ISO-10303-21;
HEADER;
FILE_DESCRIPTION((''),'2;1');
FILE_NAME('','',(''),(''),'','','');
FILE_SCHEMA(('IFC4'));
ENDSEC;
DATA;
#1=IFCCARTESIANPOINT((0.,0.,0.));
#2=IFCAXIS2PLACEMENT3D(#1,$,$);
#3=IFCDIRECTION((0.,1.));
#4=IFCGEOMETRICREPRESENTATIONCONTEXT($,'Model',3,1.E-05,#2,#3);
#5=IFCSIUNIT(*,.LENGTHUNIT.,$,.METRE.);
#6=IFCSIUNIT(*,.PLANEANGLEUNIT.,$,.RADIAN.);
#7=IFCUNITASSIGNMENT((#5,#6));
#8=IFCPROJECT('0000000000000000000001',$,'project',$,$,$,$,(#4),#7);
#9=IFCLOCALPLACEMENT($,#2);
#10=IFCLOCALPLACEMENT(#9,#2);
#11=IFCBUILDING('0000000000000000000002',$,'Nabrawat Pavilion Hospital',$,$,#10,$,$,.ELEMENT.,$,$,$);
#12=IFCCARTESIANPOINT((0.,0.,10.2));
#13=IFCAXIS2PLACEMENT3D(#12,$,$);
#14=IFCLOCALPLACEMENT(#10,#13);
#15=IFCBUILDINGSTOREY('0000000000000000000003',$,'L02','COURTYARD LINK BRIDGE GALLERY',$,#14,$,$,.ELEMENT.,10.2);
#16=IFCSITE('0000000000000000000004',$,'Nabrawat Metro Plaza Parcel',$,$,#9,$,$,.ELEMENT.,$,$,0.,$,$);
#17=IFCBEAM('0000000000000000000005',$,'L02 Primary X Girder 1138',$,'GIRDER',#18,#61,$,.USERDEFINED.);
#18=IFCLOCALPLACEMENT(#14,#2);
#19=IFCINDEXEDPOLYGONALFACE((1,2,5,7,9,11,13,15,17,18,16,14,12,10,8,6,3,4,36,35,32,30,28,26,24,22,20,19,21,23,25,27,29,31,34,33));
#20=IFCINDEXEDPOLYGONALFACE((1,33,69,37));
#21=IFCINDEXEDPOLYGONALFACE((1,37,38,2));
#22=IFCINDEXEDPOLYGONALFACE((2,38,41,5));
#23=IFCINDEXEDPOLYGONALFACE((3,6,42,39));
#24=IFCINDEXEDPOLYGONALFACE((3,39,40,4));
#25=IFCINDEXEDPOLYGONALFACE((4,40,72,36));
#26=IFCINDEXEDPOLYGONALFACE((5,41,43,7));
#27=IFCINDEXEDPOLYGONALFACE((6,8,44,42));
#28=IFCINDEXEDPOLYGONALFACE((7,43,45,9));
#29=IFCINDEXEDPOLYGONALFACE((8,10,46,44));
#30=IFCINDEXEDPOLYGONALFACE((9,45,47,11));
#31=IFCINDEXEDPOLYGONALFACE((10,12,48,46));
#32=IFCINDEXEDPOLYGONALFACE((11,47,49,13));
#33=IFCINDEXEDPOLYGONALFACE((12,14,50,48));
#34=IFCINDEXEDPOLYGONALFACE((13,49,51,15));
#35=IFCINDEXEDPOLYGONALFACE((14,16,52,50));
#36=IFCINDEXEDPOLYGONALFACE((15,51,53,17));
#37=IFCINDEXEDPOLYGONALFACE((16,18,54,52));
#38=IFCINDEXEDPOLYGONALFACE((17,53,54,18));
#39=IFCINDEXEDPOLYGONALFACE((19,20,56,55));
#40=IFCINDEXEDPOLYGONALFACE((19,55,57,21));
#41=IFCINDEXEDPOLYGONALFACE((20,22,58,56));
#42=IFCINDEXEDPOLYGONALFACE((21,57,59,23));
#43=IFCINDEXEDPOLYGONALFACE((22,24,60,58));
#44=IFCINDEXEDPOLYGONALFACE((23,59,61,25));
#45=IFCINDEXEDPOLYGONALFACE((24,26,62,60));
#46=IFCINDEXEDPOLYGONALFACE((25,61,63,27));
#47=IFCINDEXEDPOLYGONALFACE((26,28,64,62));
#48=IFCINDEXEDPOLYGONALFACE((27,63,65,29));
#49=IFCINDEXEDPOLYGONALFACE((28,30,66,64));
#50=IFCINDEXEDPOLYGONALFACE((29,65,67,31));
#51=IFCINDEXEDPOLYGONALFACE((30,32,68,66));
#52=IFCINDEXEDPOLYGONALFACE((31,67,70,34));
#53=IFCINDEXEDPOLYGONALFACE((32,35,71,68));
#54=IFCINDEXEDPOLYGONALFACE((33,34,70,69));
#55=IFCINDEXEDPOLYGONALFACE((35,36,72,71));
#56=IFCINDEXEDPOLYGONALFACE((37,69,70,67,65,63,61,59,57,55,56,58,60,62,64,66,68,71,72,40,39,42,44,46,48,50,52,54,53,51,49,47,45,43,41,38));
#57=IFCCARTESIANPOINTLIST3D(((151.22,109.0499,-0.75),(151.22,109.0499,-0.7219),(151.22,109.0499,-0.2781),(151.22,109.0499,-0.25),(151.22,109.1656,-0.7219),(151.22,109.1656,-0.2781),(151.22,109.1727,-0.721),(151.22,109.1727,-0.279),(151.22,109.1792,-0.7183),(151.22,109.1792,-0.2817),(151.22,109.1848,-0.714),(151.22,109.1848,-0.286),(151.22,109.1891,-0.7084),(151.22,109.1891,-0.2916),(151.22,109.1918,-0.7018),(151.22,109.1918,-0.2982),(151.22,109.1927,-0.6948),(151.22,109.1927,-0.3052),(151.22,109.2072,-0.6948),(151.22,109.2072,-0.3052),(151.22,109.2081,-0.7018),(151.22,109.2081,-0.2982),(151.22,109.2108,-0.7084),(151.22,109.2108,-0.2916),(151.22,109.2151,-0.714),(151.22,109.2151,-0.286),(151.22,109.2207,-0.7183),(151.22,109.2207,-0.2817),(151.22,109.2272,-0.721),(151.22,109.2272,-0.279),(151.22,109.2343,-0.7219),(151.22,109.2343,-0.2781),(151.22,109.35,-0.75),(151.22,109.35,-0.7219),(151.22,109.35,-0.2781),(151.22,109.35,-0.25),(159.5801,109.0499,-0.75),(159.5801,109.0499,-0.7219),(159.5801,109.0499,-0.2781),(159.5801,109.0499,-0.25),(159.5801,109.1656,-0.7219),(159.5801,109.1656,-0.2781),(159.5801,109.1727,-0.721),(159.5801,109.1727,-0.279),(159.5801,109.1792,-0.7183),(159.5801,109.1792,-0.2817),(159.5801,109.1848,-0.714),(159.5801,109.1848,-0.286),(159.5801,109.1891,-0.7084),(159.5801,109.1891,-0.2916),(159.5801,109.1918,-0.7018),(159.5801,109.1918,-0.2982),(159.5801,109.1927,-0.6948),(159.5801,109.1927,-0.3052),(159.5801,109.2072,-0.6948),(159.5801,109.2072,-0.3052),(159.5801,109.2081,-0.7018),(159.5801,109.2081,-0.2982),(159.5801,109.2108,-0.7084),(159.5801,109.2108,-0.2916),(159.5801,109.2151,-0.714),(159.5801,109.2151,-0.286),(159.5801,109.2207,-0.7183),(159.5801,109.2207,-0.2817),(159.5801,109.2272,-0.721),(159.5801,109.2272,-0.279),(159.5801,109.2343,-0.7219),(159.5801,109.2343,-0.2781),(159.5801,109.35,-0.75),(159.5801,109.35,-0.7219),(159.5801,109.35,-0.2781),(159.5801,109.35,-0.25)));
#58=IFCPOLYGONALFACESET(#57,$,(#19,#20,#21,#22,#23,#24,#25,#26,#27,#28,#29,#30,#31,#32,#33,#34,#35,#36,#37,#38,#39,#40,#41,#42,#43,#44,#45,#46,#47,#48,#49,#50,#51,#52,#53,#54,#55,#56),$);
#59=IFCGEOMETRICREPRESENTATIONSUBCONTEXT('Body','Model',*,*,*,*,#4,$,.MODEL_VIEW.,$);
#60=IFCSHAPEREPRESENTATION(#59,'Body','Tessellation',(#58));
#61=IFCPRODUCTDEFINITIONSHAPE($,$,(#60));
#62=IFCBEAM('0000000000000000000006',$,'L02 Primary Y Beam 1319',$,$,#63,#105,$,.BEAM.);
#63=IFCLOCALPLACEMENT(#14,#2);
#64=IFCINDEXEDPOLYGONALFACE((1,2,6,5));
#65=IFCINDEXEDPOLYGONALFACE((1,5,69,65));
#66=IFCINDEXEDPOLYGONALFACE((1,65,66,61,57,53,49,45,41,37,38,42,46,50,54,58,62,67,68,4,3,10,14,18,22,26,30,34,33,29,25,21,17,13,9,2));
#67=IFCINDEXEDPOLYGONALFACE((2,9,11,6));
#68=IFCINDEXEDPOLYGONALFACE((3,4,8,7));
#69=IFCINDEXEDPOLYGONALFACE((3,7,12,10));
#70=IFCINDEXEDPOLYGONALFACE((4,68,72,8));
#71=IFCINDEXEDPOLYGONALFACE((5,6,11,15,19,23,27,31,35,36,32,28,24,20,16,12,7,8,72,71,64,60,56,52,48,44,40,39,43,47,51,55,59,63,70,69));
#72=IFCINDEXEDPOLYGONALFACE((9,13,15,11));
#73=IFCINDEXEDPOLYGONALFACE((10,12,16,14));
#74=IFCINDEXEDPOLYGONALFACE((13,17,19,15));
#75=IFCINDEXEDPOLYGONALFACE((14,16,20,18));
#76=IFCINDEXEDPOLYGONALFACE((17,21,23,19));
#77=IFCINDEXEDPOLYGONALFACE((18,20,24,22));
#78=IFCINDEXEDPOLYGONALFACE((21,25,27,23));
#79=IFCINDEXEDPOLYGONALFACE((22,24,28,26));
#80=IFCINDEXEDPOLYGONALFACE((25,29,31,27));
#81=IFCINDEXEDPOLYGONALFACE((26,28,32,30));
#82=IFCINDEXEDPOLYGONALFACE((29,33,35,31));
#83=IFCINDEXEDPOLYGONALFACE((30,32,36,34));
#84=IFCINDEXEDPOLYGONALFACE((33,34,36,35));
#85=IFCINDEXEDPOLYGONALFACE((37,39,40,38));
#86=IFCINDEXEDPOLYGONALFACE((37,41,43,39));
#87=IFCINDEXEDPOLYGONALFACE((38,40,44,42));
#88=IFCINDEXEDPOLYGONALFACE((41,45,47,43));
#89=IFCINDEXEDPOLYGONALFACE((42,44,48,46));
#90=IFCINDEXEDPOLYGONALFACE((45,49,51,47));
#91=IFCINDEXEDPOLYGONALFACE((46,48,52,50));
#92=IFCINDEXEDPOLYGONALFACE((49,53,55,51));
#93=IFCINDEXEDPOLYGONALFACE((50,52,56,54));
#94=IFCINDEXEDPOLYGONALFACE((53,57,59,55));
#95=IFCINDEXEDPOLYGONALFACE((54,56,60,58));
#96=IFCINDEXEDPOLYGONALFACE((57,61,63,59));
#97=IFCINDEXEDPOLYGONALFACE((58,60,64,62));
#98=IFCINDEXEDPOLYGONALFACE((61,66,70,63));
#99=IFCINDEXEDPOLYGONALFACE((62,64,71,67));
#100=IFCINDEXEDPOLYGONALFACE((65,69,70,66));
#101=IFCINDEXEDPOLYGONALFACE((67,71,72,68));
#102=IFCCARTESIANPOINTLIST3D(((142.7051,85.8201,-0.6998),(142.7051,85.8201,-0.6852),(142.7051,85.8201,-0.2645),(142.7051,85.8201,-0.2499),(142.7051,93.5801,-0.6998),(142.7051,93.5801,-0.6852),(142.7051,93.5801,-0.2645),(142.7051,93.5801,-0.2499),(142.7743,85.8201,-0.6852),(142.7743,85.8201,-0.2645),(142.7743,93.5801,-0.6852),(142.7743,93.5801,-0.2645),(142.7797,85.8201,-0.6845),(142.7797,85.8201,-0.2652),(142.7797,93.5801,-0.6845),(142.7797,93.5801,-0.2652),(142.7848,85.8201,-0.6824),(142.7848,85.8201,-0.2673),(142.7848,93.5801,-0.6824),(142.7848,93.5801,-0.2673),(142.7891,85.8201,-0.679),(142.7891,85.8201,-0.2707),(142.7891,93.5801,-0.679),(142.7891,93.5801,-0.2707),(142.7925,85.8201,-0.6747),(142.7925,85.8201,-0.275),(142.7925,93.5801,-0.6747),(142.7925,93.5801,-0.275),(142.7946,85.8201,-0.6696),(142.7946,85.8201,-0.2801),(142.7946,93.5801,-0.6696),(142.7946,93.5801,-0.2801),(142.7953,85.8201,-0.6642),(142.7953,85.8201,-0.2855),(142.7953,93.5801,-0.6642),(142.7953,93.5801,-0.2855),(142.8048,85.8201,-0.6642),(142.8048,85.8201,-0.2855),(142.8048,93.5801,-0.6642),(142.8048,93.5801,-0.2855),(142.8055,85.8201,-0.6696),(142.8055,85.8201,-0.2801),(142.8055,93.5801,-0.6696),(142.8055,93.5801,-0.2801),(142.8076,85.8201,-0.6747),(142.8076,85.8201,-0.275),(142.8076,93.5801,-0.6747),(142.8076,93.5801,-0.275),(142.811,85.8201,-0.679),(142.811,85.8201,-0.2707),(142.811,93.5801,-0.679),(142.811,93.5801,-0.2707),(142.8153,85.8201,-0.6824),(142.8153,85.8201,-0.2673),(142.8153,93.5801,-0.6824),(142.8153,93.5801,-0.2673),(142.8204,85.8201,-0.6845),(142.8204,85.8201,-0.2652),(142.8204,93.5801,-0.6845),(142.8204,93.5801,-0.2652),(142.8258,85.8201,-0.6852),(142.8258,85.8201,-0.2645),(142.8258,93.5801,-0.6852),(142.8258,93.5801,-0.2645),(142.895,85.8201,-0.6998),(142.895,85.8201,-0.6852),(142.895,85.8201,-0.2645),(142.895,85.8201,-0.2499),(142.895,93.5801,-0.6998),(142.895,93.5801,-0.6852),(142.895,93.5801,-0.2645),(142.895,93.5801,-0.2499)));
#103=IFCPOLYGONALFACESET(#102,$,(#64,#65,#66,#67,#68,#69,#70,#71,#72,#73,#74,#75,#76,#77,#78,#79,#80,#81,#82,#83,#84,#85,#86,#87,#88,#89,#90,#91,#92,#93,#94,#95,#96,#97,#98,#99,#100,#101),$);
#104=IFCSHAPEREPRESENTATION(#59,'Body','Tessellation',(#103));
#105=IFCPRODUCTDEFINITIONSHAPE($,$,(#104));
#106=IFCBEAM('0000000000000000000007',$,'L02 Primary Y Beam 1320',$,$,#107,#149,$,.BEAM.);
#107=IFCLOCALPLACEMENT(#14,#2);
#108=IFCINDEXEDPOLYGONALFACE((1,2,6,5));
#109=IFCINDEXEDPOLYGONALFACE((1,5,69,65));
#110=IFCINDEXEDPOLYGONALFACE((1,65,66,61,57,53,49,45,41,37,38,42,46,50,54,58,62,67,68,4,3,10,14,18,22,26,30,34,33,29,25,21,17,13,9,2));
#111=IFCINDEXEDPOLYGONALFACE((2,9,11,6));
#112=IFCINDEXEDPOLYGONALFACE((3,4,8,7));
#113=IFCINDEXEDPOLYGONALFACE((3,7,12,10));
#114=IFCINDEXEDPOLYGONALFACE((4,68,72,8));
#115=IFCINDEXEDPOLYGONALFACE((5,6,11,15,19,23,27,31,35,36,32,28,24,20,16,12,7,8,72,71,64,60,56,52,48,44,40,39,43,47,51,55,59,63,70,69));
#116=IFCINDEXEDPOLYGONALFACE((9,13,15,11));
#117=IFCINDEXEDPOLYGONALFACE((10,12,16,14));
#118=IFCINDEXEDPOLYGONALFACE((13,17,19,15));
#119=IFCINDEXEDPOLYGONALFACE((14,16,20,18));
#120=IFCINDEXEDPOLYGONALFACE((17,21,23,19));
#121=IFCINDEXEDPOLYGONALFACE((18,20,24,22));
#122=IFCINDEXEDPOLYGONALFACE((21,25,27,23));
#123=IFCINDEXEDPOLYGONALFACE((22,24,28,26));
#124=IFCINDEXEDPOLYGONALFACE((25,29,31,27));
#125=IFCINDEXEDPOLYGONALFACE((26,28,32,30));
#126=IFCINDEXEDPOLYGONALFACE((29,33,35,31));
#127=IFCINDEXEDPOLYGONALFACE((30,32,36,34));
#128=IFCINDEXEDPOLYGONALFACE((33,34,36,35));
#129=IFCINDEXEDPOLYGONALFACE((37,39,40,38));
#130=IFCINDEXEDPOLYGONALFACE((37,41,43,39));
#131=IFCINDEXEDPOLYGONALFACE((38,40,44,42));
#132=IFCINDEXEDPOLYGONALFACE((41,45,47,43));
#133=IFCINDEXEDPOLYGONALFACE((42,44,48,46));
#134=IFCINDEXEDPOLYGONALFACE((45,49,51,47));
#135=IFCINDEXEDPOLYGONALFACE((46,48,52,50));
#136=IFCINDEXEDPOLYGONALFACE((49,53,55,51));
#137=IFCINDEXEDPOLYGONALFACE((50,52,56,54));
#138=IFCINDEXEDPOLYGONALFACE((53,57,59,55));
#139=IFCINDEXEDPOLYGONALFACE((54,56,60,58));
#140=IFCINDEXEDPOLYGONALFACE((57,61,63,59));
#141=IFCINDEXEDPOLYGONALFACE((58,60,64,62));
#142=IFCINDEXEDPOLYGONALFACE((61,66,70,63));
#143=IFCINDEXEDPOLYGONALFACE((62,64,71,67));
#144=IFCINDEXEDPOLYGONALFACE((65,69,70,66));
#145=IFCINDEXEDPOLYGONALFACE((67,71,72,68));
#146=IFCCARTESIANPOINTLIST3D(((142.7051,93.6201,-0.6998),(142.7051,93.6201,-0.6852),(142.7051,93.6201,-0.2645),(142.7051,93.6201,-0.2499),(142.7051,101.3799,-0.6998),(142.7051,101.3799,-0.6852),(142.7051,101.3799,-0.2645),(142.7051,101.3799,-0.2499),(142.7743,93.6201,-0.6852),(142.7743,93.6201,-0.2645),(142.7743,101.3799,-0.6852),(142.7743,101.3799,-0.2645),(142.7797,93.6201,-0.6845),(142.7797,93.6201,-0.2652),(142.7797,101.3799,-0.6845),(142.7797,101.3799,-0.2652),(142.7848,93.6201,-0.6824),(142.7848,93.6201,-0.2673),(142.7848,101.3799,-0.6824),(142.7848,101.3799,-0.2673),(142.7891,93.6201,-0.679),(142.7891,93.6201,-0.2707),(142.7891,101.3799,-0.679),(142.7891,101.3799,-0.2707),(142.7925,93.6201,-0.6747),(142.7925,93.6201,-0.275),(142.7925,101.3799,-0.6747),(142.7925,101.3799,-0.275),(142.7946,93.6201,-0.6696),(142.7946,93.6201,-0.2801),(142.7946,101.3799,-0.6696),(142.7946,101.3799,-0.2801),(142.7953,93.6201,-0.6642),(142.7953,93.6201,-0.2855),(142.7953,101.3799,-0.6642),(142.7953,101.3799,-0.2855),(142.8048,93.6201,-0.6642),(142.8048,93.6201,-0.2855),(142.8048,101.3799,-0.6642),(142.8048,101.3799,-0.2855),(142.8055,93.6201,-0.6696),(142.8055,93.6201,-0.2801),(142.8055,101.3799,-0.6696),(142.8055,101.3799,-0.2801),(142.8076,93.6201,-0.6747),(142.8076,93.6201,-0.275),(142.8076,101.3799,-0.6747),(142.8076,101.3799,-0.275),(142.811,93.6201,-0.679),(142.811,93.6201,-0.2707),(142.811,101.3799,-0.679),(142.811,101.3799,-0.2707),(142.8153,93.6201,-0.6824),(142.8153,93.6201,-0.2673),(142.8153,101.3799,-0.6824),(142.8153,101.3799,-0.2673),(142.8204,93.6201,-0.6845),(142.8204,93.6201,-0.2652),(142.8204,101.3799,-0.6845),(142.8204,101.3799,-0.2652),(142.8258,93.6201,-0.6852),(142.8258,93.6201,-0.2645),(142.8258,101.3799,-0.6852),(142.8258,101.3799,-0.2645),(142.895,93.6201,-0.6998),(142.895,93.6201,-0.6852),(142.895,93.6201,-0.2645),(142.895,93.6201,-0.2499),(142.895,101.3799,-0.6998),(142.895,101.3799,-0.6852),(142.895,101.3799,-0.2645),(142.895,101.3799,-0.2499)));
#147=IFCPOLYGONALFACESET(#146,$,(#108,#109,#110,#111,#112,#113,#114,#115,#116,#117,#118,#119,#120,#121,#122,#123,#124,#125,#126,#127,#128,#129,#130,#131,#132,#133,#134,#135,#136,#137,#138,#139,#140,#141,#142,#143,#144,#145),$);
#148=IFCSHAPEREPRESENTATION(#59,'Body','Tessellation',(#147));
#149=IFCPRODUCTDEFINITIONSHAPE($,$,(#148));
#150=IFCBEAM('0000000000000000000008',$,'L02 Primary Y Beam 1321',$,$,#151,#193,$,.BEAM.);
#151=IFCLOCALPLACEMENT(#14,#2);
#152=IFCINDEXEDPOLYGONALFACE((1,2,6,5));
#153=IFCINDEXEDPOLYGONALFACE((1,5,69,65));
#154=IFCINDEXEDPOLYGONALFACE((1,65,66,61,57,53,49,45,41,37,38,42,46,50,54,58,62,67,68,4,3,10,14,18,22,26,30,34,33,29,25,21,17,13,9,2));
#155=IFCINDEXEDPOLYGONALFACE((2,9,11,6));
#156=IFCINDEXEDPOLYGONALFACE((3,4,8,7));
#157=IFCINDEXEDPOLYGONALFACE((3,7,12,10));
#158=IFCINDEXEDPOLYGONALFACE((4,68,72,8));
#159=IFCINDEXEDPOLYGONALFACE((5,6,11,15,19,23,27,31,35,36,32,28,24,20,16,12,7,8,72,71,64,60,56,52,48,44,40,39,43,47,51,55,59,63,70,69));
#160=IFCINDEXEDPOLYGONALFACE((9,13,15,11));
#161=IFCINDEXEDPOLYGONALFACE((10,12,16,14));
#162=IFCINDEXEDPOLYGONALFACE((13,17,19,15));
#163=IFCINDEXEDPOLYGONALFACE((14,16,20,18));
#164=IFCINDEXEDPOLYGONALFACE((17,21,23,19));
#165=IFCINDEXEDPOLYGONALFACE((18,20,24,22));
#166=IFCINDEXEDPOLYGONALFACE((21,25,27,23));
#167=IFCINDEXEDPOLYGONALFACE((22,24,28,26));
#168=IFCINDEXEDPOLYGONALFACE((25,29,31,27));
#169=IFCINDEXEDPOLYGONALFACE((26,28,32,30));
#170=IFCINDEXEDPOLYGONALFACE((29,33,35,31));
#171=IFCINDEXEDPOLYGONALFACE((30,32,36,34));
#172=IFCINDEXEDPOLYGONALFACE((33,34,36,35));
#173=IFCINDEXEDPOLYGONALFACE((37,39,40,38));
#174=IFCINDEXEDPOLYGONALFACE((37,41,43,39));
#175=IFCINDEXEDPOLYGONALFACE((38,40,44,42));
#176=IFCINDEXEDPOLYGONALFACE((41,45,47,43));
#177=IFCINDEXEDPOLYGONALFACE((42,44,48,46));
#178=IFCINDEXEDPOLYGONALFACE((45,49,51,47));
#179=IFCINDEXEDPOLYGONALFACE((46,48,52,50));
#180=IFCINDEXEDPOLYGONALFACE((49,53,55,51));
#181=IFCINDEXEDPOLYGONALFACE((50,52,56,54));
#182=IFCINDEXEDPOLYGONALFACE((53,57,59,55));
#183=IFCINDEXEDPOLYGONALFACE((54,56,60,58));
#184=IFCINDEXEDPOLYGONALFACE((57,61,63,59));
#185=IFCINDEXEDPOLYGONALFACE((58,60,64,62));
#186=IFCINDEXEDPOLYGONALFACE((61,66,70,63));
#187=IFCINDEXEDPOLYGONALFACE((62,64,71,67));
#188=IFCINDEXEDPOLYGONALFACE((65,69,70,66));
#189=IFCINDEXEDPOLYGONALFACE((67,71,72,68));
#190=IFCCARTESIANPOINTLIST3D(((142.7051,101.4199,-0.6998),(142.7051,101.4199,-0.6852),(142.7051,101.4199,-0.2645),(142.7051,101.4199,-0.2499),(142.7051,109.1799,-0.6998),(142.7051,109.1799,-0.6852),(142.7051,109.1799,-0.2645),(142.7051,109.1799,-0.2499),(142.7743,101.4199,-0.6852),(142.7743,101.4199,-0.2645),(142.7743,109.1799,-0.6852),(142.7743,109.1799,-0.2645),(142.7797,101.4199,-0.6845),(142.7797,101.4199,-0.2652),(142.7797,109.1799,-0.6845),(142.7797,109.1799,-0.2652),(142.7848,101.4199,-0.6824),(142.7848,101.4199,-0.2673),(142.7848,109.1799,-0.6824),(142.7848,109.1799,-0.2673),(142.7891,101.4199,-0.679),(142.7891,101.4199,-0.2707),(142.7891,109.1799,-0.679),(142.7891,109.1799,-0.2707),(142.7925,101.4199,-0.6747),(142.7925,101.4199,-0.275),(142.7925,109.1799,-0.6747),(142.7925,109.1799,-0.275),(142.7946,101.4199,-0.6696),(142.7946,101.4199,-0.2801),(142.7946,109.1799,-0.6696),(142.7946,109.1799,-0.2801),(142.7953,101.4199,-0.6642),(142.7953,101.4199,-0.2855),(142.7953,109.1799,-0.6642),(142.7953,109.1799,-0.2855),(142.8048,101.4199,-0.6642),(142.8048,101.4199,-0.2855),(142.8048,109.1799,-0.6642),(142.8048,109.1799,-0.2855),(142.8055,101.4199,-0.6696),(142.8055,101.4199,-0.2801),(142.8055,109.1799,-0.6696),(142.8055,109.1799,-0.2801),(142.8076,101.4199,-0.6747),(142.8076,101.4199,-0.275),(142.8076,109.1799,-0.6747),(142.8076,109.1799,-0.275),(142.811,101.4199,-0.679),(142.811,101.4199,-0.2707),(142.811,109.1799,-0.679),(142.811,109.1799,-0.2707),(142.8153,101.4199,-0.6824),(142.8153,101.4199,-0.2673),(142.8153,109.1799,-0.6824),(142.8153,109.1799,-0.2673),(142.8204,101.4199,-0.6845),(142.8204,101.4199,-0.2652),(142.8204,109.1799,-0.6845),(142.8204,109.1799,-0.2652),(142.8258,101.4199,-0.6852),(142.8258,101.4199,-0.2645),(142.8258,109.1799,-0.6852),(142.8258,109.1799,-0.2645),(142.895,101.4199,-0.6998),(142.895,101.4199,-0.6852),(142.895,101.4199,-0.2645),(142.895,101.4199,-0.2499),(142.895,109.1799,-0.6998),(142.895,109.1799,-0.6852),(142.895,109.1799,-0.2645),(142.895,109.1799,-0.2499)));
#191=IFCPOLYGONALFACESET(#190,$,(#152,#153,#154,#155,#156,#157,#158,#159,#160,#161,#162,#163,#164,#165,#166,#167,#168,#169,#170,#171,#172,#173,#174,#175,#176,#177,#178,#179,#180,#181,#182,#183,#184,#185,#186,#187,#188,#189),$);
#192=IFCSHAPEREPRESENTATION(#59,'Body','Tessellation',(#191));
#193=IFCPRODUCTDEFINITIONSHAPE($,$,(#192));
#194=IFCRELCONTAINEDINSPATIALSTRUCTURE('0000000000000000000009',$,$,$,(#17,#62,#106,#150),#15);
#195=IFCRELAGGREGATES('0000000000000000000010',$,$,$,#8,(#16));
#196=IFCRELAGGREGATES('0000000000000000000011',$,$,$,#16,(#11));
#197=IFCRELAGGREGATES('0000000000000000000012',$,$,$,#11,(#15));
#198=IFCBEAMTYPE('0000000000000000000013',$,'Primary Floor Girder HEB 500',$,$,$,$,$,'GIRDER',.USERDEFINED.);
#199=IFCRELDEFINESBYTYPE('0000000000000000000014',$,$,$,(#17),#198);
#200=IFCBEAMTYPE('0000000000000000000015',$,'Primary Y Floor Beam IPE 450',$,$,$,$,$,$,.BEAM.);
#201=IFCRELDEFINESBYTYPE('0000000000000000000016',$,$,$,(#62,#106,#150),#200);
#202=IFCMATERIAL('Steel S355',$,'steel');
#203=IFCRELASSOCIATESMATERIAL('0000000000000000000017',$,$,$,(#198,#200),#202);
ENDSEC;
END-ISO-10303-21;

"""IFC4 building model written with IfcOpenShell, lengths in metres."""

from ifc_helpers import new_model, si_unit, direction, frame, origin, origin_2d, place, context, subcontext, project, spatial, i_section, extrude, material, material_profile, profile_set, type_object, element, save


model = new_model("IFC4")

# Units and contexts
model_context = context("Model", 3, precision=1e-05, world=origin(), true_north=direction((0.0, 1.0)))
body_context = subcontext(model_context, "Body", "Model", "MODEL_VIEW")
ifc_project = project(units=[si_unit("LENGTHUNIT", "METRE"), si_unit("PLANEANGLEUNIT", "RADIAN")], contexts=[model_context])

# Site, building, storey
site_placement = place(None, origin())
site = spatial("IfcSite", under=ifc_project, at=site_placement, Name="Nabrawat Metro Plaza Parcel", CompositionType="ELEMENT", RefElevation=0.0)
building_placement = place(site_placement, origin())
building = spatial("IfcBuilding", under=site, at=building_placement, Name="Nabrawat Pavilion Hospital", CompositionType="ELEMENT")
storey_placement = place(building_placement, frame((0.0, 0.0, 10.2)))
storey = spatial("IfcBuildingStorey", under=building, at=storey_placement, Name="L02", Description="COURTYARD LINK BRIDGE GALLERY", CompositionType="ELEMENT", Elevation=10.2)

# Shared definitions
ifc_material_1 = material(Name="Steel S355", Category="steel")

# Beams
ifc_material_profile_1 = material_profile(ifc_material_1, i_section(OverallWidth=0.3, OverallDepth=0.5, WebThickness=0.0144, FlangeThickness=0.0281, FilletRadius=0.0271, at=origin_2d()), Name="HEB 500")
ifc_profile_set_1 = profile_set([ifc_material_profile_1], Name="Steel S355")
beam_type_1 = type_object("IfcBeamType", Name="Primary Floor Girder HEB 500", ElementType="GIRDER", PredefinedType="USERDEFINED", material=ifc_profile_set_1)
beam_1_placement = place(storey_placement, frame((151.22, 109.2, -0.5), z_axis=(1.0, 0.0, 0.0), x_axis=(0.0, 1.0, 0.0)))
element("IfcBeam", 1, at=beam_1_placement, inside=storey, type_object=beam_type_1, Name="L02 Primary X Girder 1138", ObjectType="GIRDER", PredefinedType="USERDEFINED", context=body_context, shape_type="SweptSolid", body=[
    extrude(i_section(OverallWidth=0.3, OverallDepth=0.5, WebThickness=0.0144, FlangeThickness=0.0281, FilletRadius=0.0271, at=origin_2d()), origin(), (0.0, 0.0, 1.0), 8.3601),
])
ifc_material_profile_2 = material_profile(ifc_material_1, i_section(OverallWidth=0.1899, OverallDepth=0.45, WebThickness=0.0095, FlangeThickness=0.0146, FilletRadius=0.021, at=origin_2d()), Name="IPE 450")
ifc_profile_set_2 = profile_set([ifc_material_profile_2], Name="Steel S355")
beam_type_2 = type_object("IfcBeamType", Name="Primary Y Floor Beam IPE 450", PredefinedType="BEAM", material=ifc_profile_set_2)
beam_2_placement = place(storey_placement, frame((142.8, 85.8201, -0.4749), z_axis=(0.0, 1.0, 0.0), x_axis=(-1.0, 0.0, 0.0)))
element("IfcBeam", 2, at=beam_2_placement, inside=storey, type_object=beam_type_2, Name="L02 Primary Y Beam 1319", PredefinedType="BEAM", context=body_context, shape_type="SweptSolid", body=[
    extrude(i_section(OverallWidth=0.1899, OverallDepth=0.45, WebThickness=0.0095, FlangeThickness=0.0146, FilletRadius=0.021, at=origin_2d()), origin(), (0.0, 0.0, 1.0), 7.76),
])
beam_3_placement = place(storey_placement, frame((142.8, 93.6201, -0.4749), z_axis=(0.0, 1.0, 0.0), x_axis=(-1.0, 0.0, 0.0)))
element("IfcBeam", 3, at=beam_3_placement, inside=storey, type_object=beam_type_2, Name="L02 Primary Y Beam 1320", PredefinedType="BEAM", context=body_context, shape_type="SweptSolid", body=[
    extrude(i_section(OverallWidth=0.1899, OverallDepth=0.45, WebThickness=0.0095, FlangeThickness=0.0146, FilletRadius=0.021, at=origin_2d()), origin(), (0.0, 0.0, 1.0), 7.7598),
])
for number, where, z_axis, x_axis, name in (
    (4, (142.8, 101.4199, -0.4749), (0.0, 1.0, 0.0), (-1.0, 0.0, 0.0), "L02 Primary Y Beam 1321"),
):
    element("IfcBeam", number, at=place(storey_placement, frame(where, z_axis=z_axis, x_axis=x_axis)), inside=storey, type_object=beam_type_2, Name=name, PredefinedType="BEAM", context=body_context, shape_type="SweptSolid", body=[
        extrude(i_section(OverallWidth=0.1899, OverallDepth=0.45, WebThickness=0.0095, FlangeThickness=0.0146, FilletRadius=0.021, at=origin_2d()), origin(), (0.0, 0.0, 1.0), 7.76),
    ])

save(model, "model.ifc")
